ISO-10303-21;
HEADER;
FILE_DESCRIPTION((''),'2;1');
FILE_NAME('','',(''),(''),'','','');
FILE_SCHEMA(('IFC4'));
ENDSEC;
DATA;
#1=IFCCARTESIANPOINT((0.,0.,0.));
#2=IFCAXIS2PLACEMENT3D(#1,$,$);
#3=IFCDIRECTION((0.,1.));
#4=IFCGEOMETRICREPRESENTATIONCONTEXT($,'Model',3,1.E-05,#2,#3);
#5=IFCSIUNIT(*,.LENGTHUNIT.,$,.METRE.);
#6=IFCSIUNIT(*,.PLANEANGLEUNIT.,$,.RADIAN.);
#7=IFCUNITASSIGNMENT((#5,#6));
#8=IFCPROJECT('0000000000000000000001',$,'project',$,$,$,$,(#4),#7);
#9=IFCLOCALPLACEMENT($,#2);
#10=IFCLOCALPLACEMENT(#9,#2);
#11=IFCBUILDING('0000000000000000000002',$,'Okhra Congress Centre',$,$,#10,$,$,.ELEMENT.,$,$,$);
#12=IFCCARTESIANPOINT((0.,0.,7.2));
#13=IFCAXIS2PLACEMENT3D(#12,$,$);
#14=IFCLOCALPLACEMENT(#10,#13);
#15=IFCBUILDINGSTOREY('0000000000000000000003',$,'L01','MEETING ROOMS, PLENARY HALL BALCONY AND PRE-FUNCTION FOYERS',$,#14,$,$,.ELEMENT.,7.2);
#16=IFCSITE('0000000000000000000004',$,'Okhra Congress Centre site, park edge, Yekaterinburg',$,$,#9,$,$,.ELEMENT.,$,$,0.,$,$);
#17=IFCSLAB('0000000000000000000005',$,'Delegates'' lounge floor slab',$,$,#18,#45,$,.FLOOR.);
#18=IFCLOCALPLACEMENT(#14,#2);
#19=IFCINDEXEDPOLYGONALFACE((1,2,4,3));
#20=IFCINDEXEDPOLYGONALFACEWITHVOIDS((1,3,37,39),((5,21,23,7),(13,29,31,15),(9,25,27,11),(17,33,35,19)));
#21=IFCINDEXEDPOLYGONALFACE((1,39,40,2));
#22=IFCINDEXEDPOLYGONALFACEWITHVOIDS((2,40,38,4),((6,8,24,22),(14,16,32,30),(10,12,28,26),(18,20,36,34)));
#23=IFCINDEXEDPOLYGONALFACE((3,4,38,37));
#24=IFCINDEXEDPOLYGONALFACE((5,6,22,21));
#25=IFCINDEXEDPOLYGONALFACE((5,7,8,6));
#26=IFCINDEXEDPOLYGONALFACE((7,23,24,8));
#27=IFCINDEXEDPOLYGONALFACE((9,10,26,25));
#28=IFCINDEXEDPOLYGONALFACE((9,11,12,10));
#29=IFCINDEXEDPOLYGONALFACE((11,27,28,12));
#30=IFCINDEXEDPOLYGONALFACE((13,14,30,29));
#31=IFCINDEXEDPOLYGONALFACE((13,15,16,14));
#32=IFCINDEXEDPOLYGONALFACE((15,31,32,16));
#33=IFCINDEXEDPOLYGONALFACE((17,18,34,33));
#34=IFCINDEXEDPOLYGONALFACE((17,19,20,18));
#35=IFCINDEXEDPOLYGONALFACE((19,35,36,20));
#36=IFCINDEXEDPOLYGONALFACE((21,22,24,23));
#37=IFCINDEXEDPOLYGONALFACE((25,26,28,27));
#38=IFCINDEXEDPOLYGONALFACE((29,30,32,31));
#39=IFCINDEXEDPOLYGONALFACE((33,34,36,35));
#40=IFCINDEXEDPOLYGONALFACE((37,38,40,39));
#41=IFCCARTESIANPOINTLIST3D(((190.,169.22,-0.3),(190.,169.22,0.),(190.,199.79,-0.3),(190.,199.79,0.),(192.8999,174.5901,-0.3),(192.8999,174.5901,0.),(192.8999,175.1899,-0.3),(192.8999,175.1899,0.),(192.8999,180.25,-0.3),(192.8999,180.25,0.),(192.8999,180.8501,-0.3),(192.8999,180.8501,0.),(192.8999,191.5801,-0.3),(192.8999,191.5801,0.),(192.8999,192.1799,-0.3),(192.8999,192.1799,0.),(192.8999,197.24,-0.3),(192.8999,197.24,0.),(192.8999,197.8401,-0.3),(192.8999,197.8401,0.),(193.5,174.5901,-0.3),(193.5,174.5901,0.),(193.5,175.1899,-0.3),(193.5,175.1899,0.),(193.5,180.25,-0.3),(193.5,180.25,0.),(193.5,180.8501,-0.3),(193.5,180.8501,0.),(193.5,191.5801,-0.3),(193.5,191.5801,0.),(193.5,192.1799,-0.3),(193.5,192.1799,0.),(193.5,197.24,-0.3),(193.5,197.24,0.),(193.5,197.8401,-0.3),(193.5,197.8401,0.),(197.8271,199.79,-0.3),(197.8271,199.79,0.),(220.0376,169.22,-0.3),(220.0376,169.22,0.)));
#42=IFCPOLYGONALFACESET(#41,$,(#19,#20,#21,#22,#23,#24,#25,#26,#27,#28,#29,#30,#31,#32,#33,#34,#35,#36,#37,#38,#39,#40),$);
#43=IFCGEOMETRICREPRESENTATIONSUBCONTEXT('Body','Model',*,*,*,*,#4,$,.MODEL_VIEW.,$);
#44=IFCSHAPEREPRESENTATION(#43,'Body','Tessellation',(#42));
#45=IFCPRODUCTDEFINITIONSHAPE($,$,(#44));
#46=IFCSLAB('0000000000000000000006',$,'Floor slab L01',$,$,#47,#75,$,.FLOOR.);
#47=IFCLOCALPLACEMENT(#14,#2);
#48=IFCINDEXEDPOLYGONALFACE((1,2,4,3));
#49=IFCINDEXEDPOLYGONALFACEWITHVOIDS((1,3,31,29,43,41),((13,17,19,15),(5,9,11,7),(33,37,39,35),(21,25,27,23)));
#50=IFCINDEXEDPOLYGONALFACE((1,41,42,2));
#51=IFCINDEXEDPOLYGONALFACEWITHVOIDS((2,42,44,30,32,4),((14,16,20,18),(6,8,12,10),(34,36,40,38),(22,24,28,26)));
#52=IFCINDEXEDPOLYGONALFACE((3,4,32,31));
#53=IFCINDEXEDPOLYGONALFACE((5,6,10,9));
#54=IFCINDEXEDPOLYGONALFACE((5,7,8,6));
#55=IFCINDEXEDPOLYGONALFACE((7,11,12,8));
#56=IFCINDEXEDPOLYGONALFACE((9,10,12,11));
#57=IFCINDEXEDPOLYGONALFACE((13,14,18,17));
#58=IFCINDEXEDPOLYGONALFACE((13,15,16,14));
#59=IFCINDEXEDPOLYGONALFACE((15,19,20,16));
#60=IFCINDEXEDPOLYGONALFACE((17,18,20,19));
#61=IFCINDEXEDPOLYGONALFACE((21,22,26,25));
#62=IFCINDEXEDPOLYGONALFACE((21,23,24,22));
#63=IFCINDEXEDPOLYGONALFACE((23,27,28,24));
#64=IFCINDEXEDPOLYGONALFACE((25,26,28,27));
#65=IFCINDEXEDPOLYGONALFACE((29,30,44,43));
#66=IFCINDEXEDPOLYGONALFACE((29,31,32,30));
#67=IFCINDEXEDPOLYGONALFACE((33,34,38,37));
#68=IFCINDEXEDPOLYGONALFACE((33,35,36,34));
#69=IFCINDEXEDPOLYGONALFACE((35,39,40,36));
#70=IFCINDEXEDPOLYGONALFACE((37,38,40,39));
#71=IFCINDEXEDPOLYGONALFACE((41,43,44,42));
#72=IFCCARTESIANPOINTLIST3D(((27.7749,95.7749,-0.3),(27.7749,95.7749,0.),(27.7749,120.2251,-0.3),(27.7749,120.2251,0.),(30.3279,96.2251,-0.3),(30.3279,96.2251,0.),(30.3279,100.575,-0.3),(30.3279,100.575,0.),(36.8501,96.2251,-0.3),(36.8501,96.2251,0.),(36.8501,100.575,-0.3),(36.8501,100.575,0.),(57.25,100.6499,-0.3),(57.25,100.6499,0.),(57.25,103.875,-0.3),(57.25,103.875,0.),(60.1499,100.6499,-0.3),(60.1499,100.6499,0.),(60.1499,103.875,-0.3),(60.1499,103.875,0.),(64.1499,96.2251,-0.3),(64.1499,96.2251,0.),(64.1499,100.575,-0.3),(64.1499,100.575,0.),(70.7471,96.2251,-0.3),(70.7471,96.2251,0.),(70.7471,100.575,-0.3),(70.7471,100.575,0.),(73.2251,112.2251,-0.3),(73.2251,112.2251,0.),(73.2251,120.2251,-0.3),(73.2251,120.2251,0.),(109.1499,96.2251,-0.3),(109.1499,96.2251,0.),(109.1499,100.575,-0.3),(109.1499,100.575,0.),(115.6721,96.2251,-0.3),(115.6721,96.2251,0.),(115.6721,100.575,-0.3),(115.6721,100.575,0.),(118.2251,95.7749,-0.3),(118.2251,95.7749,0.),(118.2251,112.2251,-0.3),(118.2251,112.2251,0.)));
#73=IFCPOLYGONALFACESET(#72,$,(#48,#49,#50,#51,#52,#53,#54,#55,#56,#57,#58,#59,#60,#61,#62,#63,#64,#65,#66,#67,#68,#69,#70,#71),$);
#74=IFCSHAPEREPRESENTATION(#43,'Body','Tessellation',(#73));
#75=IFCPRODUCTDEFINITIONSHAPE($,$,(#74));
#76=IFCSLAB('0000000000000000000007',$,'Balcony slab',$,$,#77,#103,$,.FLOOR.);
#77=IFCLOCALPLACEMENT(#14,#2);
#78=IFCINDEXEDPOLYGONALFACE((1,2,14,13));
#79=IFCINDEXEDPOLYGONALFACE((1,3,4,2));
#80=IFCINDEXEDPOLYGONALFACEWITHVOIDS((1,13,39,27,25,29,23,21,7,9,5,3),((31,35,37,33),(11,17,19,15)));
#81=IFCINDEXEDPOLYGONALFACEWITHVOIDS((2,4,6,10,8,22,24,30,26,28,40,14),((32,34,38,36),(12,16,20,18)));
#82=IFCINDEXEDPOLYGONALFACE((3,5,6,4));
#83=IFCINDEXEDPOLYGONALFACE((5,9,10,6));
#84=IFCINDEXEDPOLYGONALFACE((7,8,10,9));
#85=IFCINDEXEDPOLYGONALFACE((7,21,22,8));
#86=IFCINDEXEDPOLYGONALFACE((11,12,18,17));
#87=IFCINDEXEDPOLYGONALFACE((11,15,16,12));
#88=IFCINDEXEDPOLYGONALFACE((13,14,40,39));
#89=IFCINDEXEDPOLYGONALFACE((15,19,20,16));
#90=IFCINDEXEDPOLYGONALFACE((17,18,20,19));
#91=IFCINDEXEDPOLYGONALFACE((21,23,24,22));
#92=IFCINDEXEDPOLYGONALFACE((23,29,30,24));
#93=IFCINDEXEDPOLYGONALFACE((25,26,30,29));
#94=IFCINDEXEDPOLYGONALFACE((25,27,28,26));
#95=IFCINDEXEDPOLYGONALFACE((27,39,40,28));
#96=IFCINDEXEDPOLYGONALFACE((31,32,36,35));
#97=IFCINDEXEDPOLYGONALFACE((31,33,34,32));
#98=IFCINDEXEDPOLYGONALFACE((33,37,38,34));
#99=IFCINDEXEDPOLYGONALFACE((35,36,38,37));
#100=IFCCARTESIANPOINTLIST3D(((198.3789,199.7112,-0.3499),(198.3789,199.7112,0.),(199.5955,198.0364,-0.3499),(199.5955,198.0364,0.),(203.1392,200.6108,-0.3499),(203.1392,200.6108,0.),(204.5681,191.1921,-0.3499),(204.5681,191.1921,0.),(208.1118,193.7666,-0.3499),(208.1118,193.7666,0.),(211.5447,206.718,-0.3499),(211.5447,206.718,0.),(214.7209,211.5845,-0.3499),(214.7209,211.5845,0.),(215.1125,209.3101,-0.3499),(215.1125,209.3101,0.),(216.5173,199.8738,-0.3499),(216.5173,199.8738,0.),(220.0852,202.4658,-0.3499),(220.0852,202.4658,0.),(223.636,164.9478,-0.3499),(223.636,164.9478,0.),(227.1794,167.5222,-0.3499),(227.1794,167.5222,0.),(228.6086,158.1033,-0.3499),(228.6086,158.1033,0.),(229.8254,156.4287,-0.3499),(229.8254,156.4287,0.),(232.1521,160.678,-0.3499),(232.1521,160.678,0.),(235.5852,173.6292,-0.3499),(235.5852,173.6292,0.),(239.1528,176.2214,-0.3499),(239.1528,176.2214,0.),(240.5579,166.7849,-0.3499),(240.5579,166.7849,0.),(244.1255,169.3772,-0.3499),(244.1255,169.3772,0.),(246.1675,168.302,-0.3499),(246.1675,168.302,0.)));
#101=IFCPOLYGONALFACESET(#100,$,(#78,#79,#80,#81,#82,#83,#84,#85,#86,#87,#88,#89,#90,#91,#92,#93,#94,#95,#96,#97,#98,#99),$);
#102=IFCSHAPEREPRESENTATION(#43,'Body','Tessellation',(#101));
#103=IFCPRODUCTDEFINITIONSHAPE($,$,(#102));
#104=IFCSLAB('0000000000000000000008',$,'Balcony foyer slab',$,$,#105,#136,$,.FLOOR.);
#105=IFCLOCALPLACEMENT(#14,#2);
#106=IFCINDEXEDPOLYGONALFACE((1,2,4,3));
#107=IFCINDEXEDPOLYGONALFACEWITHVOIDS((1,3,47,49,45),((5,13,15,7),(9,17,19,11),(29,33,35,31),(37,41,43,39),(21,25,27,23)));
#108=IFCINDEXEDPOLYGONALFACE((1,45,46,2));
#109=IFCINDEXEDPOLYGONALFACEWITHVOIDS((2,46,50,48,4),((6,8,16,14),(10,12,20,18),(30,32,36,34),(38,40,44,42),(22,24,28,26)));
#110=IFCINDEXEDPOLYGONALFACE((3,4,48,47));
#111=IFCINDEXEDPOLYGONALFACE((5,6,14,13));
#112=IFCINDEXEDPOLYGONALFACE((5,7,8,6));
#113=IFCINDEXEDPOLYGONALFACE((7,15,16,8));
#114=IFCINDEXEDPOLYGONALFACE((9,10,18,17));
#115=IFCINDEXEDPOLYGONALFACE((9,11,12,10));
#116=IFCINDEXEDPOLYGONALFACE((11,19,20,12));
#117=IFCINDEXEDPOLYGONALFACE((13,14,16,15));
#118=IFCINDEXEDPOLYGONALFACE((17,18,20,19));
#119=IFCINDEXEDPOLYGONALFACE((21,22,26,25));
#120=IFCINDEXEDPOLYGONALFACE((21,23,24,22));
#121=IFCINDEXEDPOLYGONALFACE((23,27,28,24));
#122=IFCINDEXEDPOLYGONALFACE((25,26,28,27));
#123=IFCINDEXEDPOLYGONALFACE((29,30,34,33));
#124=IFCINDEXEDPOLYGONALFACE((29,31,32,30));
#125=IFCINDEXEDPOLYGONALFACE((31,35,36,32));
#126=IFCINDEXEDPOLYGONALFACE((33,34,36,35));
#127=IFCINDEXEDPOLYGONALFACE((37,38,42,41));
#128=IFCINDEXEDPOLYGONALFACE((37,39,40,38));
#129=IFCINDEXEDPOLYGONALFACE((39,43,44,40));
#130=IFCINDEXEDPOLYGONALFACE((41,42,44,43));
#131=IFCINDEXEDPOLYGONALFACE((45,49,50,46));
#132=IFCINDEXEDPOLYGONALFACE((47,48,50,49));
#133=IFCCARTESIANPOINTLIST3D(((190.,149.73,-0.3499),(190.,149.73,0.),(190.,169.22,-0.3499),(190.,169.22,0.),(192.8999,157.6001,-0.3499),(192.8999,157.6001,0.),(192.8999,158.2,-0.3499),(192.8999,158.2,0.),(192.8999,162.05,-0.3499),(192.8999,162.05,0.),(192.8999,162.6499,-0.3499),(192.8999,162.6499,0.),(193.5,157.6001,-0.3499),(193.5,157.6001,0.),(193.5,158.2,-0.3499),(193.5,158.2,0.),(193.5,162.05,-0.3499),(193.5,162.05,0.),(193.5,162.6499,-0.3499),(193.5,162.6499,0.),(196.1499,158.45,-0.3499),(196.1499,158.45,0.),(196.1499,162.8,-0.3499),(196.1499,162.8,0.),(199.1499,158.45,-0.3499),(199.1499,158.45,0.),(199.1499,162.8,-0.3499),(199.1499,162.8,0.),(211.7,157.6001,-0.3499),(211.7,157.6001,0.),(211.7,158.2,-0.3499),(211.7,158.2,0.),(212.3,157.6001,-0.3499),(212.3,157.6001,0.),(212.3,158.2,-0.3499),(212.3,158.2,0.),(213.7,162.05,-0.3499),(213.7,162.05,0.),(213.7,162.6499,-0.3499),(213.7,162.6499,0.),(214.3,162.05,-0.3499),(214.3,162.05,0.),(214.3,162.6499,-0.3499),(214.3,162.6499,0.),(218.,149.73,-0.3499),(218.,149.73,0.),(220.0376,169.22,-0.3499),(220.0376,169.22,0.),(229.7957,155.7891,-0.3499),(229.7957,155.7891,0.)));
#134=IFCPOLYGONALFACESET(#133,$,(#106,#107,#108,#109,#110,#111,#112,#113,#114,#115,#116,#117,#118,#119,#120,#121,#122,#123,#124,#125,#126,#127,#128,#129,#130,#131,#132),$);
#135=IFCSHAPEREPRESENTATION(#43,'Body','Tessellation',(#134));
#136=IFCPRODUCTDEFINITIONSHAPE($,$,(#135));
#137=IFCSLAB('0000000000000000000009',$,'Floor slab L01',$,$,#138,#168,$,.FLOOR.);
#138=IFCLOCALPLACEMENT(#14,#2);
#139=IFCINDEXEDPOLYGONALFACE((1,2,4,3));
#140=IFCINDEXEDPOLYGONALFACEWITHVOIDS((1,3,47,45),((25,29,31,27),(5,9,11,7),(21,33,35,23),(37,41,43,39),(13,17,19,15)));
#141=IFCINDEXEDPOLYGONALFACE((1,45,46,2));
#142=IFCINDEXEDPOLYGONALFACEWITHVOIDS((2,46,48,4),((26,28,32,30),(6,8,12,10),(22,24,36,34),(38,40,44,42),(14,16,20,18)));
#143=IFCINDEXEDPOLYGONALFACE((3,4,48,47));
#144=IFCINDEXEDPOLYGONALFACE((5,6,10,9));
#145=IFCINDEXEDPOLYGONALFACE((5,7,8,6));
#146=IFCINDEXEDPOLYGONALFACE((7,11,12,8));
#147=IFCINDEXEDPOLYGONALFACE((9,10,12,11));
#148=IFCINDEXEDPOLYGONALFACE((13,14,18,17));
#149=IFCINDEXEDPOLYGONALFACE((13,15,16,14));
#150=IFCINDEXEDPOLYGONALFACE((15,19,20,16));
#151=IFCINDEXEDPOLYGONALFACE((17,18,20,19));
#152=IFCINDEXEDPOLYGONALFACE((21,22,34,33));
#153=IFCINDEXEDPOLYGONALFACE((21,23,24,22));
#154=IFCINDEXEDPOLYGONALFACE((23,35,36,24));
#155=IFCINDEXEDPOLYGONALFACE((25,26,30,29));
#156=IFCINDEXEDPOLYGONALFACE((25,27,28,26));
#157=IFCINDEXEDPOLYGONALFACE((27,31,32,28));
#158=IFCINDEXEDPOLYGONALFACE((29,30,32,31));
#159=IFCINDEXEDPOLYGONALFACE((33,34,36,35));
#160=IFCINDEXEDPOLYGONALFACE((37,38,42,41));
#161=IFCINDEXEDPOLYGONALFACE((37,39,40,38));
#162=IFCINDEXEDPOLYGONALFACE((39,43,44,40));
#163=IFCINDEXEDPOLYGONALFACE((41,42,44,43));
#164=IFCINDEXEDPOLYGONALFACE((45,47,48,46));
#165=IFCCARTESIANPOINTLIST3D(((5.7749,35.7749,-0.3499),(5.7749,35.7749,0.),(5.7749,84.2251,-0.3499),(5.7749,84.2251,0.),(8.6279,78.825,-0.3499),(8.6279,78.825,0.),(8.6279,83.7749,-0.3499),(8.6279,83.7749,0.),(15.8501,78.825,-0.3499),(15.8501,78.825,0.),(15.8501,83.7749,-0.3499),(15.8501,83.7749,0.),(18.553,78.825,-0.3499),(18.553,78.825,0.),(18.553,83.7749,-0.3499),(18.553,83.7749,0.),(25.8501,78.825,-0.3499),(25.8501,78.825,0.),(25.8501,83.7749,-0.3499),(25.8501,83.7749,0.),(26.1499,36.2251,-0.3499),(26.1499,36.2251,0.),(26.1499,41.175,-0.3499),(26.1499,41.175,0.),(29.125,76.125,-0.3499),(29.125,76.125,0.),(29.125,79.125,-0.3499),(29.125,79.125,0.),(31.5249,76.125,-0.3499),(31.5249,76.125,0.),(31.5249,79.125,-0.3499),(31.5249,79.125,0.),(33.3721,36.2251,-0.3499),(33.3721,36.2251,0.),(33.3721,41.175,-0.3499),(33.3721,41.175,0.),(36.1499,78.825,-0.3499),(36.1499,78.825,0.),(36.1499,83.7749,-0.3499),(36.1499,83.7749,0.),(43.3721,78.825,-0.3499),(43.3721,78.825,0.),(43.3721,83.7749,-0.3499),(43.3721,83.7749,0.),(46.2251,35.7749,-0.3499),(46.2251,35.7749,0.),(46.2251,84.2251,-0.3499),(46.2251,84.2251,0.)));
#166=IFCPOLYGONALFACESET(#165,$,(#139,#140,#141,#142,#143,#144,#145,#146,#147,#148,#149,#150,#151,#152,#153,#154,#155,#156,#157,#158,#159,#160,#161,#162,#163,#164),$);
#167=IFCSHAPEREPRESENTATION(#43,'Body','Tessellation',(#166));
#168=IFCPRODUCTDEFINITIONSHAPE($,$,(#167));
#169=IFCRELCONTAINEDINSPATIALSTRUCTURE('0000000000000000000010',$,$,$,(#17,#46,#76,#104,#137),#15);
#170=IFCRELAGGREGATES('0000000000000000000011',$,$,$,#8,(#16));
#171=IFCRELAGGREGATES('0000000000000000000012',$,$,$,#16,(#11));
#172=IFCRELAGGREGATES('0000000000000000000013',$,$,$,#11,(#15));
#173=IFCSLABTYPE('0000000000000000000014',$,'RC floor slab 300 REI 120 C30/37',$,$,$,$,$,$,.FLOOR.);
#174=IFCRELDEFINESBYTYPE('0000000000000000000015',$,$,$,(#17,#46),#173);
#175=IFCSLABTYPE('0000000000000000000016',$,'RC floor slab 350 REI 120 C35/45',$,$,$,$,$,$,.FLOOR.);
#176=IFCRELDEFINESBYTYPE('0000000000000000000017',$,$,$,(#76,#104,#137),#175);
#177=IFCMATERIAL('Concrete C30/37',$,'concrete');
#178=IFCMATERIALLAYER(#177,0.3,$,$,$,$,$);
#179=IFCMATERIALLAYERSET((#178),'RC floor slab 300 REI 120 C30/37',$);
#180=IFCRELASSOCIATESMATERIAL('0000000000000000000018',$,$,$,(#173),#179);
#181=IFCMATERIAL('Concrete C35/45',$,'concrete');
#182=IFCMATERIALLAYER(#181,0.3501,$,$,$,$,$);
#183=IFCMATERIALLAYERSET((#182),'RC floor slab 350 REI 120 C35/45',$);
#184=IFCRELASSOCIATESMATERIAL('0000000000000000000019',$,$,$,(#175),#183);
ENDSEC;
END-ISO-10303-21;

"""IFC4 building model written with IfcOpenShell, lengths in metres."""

from ifc_helpers import new_model, si_unit, direction, frame, origin, place, context, subcontext, project, spatial, polyline, outline, extrude, material, layer, layer_set, type_object, element, save


model = new_model("IFC4")

# Units and contexts
model_context = context("Model", 3, precision=1e-05, world=origin(), true_north=direction((0.0, 1.0)))
body_context = subcontext(model_context, "Body", "Model", "MODEL_VIEW")
ifc_project = project(units=[si_unit("LENGTHUNIT", "METRE"), si_unit("PLANEANGLEUNIT", "RADIAN")], contexts=[model_context])

# Site, building, storey
site_placement = place(None, origin())
site = spatial("IfcSite", under=ifc_project, at=site_placement, Name="Okhra Congress Centre site, park edge, Yekaterinburg", CompositionType="ELEMENT", RefElevation=0.0)
building_placement = place(site_placement, origin())
building = spatial("IfcBuilding", under=site, at=building_placement, Name="Okhra Congress Centre", CompositionType="ELEMENT")
storey_placement = place(building_placement, frame((0.0, 0.0, 7.2)))
storey = spatial("IfcBuildingStorey", under=building, at=storey_placement, Name="L01", Description="MEETING ROOMS, PLENARY HALL BALCONY AND PRE-FUNCTION FOYERS", CompositionType="ELEMENT", Elevation=7.2)

# Slabs
ifc_material_1 = material(Name="Concrete C30/37", Category="concrete")
ifc_layer_1 = layer(ifc_material_1, 0.3)
ifc_layer_set_1 = layer_set([ifc_layer_1], Name="RC floor slab 300 REI 120 C30/37")
slab_type_1 = type_object("IfcSlabType", Name="RC floor slab 300 REI 120 C30/37", PredefinedType="FLOOR", material=ifc_layer_set_1)
slab_1_placement = place(storey_placement, frame((0.0, 0.0, -0.3)))
element("IfcSlab", 1, at=slab_1_placement, inside=storey, type_object=slab_type_1, Name="Delegates' lounge floor slab", PredefinedType="FLOOR", context=body_context, shape_type="SweptSolid", body=[
    extrude(outline(polyline([(190.0, 169.22), (220.0376, 169.22), (197.8271, 199.79), (190.0, 199.79), (190.0, 169.22)]), holes=[polyline([(192.8999, 174.5901), (193.5, 174.5901), (193.5, 175.1899), (192.8999, 175.1899), (192.8999, 174.5901)]), polyline([(192.8999, 180.25), (193.5, 180.25), (193.5, 180.8501), (192.8999, 180.8501), (192.8999, 180.25)]), polyline([(192.8999, 191.5801), (193.5, 191.5801), (193.5, 192.1799), (192.8999, 192.1799), (192.8999, 191.5801)]), polyline([(192.8999, 197.24), (193.5, 197.24), (193.5, 197.8401), (192.8999, 197.8401), (192.8999, 197.24)])]), origin(), (0.0, 0.0, 1.0), 0.3),
])
slab_2_placement = place(storey_placement, frame((0.0, 0.0, -0.3)))
element("IfcSlab", 2, at=slab_2_placement, inside=storey, type_object=slab_type_1, Name="Floor slab L01", PredefinedType="FLOOR", context=body_context, shape_type="SweptSolid", body=[
    extrude(outline(polyline([(118.2251, 95.7749), (118.2251, 112.2251), (73.2251, 112.2251), (73.2251, 120.2251), (27.7749, 120.2251), (27.7749, 95.7749), (118.2251, 95.7749)]), holes=[polyline([(30.3279, 96.2251), (36.8501, 96.2251), (36.8501, 100.575), (30.3279, 100.575), (30.3279, 96.2251)]), polyline([(70.7471, 100.575), (64.1499, 100.575), (64.1499, 96.2251), (70.7471, 96.2251), (70.7471, 100.575)]), polyline([(115.6721, 100.575), (109.1499, 100.575), (109.1499, 96.2251), (115.6721, 96.2251), (115.6721, 100.575)]), polyline([(57.25, 100.6499), (60.1499, 100.6499), (60.1499, 103.875), (57.25, 103.875), (57.25, 100.6499)])]), origin(), (0.0, 0.0, 1.0), 0.3),
])
ifc_material_2 = material(Name="Concrete C35/45", Category="concrete")
ifc_layer_2 = layer(ifc_material_2, 0.3501)
ifc_layer_set_2 = layer_set([ifc_layer_2], Name="RC floor slab 350 REI 120 C35/45")
slab_type_2 = type_object("IfcSlabType", Name="RC floor slab 350 REI 120 C35/45", PredefinedType="FLOOR", material=ifc_layer_set_2)
slab_3_placement = place(storey_placement, frame((0.0, 0.0, -0.3499)))
element("IfcSlab", 3, at=slab_3_placement, inside=storey, type_object=slab_type_2, Name="Balcony slab", PredefinedType="FLOOR", context=body_context, shape_type="SweptSolid", body=[
    extrude(outline(polyline([(199.5955, 198.0364), (203.1392, 200.6108), (208.1118, 193.7666), (204.5681, 191.1921), (223.636, 164.9478), (227.1794, 167.5222), (232.1521, 160.678), (228.6086, 158.1033), (229.8254, 156.4287), (246.1675, 168.302), (214.7209, 211.5845), (198.3789, 199.7112), (199.5955, 198.0364)]), holes=[polyline([(240.5579, 166.7849), (244.1255, 169.3772), (239.1528, 176.2214), (235.5852, 173.6292), (240.5579, 166.7849)]), polyline([(215.1125, 209.3101), (211.5447, 206.718), (216.5173, 199.8738), (220.0852, 202.4658), (215.1125, 209.3101)])]), origin(), (0.0, 0.0, 1.0), 0.3499),
])
slab_4_placement = place(storey_placement, frame((0.0, 0.0, -0.3499)))
element("IfcSlab", 4, at=slab_4_placement, inside=storey, type_object=slab_type_2, Name="Balcony foyer slab", PredefinedType="FLOOR", context=body_context, shape_type="SweptSolid", body=[
    extrude(outline(polyline([(190.0, 149.73), (218.0, 149.73), (229.7957, 155.7891), (220.0376, 169.22), (190.0, 169.22), (190.0, 149.73)]), holes=[polyline([(196.1499, 158.45), (199.1499, 158.45), (199.1499, 162.8), (196.1499, 162.8), (196.1499, 158.45)]), polyline([(192.8999, 157.6001), (193.5, 157.6001), (193.5, 158.2), (192.8999, 158.2), (192.8999, 157.6001)]), polyline([(192.8999, 162.05), (193.5, 162.05), (193.5, 162.6499), (192.8999, 162.6499), (192.8999, 162.05)]), polyline([(211.7, 157.6001), (212.3, 157.6001), (212.3, 158.2), (211.7, 158.2), (211.7, 157.6001)]), polyline([(213.7, 162.05), (214.3, 162.05), (214.3, 162.6499), (213.7, 162.6499), (213.7, 162.05)])]), origin(), (0.0, 0.0, 1.0), 0.3499),
])
slab_5_placement = place(storey_placement, frame((0.0, 0.0, -0.3499)))
element("IfcSlab", 5, at=slab_5_placement, inside=storey, type_object=slab_type_2, Name="Floor slab L01", PredefinedType="FLOOR", context=body_context, shape_type="SweptSolid", body=[
    extrude(outline(polyline([(46.2251, 35.7749), (46.2251, 84.2251), (5.7749, 84.2251), (5.7749, 35.7749), (46.2251, 35.7749)]), holes=[polyline([(8.6279, 78.825), (15.8501, 78.825), (15.8501, 83.7749), (8.6279, 83.7749), (8.6279, 78.825)]), polyline([(18.553, 78.825), (25.8501, 78.825), (25.8501, 83.7749), (18.553, 83.7749), (18.553, 78.825)]), polyline([(43.3721, 83.7749), (36.1499, 83.7749), (36.1499, 78.825), (43.3721, 78.825), (43.3721, 83.7749)]), polyline([(33.3721, 41.175), (26.1499, 41.175), (26.1499, 36.2251), (33.3721, 36.2251), (33.3721, 41.175)]), polyline([(29.125, 76.125), (31.5249, 76.125), (31.5249, 79.125), (29.125, 79.125), (29.125, 76.125)])]), origin(), (0.0, 0.0, 1.0), 0.3499),
])

save(model, "model.ifc")
